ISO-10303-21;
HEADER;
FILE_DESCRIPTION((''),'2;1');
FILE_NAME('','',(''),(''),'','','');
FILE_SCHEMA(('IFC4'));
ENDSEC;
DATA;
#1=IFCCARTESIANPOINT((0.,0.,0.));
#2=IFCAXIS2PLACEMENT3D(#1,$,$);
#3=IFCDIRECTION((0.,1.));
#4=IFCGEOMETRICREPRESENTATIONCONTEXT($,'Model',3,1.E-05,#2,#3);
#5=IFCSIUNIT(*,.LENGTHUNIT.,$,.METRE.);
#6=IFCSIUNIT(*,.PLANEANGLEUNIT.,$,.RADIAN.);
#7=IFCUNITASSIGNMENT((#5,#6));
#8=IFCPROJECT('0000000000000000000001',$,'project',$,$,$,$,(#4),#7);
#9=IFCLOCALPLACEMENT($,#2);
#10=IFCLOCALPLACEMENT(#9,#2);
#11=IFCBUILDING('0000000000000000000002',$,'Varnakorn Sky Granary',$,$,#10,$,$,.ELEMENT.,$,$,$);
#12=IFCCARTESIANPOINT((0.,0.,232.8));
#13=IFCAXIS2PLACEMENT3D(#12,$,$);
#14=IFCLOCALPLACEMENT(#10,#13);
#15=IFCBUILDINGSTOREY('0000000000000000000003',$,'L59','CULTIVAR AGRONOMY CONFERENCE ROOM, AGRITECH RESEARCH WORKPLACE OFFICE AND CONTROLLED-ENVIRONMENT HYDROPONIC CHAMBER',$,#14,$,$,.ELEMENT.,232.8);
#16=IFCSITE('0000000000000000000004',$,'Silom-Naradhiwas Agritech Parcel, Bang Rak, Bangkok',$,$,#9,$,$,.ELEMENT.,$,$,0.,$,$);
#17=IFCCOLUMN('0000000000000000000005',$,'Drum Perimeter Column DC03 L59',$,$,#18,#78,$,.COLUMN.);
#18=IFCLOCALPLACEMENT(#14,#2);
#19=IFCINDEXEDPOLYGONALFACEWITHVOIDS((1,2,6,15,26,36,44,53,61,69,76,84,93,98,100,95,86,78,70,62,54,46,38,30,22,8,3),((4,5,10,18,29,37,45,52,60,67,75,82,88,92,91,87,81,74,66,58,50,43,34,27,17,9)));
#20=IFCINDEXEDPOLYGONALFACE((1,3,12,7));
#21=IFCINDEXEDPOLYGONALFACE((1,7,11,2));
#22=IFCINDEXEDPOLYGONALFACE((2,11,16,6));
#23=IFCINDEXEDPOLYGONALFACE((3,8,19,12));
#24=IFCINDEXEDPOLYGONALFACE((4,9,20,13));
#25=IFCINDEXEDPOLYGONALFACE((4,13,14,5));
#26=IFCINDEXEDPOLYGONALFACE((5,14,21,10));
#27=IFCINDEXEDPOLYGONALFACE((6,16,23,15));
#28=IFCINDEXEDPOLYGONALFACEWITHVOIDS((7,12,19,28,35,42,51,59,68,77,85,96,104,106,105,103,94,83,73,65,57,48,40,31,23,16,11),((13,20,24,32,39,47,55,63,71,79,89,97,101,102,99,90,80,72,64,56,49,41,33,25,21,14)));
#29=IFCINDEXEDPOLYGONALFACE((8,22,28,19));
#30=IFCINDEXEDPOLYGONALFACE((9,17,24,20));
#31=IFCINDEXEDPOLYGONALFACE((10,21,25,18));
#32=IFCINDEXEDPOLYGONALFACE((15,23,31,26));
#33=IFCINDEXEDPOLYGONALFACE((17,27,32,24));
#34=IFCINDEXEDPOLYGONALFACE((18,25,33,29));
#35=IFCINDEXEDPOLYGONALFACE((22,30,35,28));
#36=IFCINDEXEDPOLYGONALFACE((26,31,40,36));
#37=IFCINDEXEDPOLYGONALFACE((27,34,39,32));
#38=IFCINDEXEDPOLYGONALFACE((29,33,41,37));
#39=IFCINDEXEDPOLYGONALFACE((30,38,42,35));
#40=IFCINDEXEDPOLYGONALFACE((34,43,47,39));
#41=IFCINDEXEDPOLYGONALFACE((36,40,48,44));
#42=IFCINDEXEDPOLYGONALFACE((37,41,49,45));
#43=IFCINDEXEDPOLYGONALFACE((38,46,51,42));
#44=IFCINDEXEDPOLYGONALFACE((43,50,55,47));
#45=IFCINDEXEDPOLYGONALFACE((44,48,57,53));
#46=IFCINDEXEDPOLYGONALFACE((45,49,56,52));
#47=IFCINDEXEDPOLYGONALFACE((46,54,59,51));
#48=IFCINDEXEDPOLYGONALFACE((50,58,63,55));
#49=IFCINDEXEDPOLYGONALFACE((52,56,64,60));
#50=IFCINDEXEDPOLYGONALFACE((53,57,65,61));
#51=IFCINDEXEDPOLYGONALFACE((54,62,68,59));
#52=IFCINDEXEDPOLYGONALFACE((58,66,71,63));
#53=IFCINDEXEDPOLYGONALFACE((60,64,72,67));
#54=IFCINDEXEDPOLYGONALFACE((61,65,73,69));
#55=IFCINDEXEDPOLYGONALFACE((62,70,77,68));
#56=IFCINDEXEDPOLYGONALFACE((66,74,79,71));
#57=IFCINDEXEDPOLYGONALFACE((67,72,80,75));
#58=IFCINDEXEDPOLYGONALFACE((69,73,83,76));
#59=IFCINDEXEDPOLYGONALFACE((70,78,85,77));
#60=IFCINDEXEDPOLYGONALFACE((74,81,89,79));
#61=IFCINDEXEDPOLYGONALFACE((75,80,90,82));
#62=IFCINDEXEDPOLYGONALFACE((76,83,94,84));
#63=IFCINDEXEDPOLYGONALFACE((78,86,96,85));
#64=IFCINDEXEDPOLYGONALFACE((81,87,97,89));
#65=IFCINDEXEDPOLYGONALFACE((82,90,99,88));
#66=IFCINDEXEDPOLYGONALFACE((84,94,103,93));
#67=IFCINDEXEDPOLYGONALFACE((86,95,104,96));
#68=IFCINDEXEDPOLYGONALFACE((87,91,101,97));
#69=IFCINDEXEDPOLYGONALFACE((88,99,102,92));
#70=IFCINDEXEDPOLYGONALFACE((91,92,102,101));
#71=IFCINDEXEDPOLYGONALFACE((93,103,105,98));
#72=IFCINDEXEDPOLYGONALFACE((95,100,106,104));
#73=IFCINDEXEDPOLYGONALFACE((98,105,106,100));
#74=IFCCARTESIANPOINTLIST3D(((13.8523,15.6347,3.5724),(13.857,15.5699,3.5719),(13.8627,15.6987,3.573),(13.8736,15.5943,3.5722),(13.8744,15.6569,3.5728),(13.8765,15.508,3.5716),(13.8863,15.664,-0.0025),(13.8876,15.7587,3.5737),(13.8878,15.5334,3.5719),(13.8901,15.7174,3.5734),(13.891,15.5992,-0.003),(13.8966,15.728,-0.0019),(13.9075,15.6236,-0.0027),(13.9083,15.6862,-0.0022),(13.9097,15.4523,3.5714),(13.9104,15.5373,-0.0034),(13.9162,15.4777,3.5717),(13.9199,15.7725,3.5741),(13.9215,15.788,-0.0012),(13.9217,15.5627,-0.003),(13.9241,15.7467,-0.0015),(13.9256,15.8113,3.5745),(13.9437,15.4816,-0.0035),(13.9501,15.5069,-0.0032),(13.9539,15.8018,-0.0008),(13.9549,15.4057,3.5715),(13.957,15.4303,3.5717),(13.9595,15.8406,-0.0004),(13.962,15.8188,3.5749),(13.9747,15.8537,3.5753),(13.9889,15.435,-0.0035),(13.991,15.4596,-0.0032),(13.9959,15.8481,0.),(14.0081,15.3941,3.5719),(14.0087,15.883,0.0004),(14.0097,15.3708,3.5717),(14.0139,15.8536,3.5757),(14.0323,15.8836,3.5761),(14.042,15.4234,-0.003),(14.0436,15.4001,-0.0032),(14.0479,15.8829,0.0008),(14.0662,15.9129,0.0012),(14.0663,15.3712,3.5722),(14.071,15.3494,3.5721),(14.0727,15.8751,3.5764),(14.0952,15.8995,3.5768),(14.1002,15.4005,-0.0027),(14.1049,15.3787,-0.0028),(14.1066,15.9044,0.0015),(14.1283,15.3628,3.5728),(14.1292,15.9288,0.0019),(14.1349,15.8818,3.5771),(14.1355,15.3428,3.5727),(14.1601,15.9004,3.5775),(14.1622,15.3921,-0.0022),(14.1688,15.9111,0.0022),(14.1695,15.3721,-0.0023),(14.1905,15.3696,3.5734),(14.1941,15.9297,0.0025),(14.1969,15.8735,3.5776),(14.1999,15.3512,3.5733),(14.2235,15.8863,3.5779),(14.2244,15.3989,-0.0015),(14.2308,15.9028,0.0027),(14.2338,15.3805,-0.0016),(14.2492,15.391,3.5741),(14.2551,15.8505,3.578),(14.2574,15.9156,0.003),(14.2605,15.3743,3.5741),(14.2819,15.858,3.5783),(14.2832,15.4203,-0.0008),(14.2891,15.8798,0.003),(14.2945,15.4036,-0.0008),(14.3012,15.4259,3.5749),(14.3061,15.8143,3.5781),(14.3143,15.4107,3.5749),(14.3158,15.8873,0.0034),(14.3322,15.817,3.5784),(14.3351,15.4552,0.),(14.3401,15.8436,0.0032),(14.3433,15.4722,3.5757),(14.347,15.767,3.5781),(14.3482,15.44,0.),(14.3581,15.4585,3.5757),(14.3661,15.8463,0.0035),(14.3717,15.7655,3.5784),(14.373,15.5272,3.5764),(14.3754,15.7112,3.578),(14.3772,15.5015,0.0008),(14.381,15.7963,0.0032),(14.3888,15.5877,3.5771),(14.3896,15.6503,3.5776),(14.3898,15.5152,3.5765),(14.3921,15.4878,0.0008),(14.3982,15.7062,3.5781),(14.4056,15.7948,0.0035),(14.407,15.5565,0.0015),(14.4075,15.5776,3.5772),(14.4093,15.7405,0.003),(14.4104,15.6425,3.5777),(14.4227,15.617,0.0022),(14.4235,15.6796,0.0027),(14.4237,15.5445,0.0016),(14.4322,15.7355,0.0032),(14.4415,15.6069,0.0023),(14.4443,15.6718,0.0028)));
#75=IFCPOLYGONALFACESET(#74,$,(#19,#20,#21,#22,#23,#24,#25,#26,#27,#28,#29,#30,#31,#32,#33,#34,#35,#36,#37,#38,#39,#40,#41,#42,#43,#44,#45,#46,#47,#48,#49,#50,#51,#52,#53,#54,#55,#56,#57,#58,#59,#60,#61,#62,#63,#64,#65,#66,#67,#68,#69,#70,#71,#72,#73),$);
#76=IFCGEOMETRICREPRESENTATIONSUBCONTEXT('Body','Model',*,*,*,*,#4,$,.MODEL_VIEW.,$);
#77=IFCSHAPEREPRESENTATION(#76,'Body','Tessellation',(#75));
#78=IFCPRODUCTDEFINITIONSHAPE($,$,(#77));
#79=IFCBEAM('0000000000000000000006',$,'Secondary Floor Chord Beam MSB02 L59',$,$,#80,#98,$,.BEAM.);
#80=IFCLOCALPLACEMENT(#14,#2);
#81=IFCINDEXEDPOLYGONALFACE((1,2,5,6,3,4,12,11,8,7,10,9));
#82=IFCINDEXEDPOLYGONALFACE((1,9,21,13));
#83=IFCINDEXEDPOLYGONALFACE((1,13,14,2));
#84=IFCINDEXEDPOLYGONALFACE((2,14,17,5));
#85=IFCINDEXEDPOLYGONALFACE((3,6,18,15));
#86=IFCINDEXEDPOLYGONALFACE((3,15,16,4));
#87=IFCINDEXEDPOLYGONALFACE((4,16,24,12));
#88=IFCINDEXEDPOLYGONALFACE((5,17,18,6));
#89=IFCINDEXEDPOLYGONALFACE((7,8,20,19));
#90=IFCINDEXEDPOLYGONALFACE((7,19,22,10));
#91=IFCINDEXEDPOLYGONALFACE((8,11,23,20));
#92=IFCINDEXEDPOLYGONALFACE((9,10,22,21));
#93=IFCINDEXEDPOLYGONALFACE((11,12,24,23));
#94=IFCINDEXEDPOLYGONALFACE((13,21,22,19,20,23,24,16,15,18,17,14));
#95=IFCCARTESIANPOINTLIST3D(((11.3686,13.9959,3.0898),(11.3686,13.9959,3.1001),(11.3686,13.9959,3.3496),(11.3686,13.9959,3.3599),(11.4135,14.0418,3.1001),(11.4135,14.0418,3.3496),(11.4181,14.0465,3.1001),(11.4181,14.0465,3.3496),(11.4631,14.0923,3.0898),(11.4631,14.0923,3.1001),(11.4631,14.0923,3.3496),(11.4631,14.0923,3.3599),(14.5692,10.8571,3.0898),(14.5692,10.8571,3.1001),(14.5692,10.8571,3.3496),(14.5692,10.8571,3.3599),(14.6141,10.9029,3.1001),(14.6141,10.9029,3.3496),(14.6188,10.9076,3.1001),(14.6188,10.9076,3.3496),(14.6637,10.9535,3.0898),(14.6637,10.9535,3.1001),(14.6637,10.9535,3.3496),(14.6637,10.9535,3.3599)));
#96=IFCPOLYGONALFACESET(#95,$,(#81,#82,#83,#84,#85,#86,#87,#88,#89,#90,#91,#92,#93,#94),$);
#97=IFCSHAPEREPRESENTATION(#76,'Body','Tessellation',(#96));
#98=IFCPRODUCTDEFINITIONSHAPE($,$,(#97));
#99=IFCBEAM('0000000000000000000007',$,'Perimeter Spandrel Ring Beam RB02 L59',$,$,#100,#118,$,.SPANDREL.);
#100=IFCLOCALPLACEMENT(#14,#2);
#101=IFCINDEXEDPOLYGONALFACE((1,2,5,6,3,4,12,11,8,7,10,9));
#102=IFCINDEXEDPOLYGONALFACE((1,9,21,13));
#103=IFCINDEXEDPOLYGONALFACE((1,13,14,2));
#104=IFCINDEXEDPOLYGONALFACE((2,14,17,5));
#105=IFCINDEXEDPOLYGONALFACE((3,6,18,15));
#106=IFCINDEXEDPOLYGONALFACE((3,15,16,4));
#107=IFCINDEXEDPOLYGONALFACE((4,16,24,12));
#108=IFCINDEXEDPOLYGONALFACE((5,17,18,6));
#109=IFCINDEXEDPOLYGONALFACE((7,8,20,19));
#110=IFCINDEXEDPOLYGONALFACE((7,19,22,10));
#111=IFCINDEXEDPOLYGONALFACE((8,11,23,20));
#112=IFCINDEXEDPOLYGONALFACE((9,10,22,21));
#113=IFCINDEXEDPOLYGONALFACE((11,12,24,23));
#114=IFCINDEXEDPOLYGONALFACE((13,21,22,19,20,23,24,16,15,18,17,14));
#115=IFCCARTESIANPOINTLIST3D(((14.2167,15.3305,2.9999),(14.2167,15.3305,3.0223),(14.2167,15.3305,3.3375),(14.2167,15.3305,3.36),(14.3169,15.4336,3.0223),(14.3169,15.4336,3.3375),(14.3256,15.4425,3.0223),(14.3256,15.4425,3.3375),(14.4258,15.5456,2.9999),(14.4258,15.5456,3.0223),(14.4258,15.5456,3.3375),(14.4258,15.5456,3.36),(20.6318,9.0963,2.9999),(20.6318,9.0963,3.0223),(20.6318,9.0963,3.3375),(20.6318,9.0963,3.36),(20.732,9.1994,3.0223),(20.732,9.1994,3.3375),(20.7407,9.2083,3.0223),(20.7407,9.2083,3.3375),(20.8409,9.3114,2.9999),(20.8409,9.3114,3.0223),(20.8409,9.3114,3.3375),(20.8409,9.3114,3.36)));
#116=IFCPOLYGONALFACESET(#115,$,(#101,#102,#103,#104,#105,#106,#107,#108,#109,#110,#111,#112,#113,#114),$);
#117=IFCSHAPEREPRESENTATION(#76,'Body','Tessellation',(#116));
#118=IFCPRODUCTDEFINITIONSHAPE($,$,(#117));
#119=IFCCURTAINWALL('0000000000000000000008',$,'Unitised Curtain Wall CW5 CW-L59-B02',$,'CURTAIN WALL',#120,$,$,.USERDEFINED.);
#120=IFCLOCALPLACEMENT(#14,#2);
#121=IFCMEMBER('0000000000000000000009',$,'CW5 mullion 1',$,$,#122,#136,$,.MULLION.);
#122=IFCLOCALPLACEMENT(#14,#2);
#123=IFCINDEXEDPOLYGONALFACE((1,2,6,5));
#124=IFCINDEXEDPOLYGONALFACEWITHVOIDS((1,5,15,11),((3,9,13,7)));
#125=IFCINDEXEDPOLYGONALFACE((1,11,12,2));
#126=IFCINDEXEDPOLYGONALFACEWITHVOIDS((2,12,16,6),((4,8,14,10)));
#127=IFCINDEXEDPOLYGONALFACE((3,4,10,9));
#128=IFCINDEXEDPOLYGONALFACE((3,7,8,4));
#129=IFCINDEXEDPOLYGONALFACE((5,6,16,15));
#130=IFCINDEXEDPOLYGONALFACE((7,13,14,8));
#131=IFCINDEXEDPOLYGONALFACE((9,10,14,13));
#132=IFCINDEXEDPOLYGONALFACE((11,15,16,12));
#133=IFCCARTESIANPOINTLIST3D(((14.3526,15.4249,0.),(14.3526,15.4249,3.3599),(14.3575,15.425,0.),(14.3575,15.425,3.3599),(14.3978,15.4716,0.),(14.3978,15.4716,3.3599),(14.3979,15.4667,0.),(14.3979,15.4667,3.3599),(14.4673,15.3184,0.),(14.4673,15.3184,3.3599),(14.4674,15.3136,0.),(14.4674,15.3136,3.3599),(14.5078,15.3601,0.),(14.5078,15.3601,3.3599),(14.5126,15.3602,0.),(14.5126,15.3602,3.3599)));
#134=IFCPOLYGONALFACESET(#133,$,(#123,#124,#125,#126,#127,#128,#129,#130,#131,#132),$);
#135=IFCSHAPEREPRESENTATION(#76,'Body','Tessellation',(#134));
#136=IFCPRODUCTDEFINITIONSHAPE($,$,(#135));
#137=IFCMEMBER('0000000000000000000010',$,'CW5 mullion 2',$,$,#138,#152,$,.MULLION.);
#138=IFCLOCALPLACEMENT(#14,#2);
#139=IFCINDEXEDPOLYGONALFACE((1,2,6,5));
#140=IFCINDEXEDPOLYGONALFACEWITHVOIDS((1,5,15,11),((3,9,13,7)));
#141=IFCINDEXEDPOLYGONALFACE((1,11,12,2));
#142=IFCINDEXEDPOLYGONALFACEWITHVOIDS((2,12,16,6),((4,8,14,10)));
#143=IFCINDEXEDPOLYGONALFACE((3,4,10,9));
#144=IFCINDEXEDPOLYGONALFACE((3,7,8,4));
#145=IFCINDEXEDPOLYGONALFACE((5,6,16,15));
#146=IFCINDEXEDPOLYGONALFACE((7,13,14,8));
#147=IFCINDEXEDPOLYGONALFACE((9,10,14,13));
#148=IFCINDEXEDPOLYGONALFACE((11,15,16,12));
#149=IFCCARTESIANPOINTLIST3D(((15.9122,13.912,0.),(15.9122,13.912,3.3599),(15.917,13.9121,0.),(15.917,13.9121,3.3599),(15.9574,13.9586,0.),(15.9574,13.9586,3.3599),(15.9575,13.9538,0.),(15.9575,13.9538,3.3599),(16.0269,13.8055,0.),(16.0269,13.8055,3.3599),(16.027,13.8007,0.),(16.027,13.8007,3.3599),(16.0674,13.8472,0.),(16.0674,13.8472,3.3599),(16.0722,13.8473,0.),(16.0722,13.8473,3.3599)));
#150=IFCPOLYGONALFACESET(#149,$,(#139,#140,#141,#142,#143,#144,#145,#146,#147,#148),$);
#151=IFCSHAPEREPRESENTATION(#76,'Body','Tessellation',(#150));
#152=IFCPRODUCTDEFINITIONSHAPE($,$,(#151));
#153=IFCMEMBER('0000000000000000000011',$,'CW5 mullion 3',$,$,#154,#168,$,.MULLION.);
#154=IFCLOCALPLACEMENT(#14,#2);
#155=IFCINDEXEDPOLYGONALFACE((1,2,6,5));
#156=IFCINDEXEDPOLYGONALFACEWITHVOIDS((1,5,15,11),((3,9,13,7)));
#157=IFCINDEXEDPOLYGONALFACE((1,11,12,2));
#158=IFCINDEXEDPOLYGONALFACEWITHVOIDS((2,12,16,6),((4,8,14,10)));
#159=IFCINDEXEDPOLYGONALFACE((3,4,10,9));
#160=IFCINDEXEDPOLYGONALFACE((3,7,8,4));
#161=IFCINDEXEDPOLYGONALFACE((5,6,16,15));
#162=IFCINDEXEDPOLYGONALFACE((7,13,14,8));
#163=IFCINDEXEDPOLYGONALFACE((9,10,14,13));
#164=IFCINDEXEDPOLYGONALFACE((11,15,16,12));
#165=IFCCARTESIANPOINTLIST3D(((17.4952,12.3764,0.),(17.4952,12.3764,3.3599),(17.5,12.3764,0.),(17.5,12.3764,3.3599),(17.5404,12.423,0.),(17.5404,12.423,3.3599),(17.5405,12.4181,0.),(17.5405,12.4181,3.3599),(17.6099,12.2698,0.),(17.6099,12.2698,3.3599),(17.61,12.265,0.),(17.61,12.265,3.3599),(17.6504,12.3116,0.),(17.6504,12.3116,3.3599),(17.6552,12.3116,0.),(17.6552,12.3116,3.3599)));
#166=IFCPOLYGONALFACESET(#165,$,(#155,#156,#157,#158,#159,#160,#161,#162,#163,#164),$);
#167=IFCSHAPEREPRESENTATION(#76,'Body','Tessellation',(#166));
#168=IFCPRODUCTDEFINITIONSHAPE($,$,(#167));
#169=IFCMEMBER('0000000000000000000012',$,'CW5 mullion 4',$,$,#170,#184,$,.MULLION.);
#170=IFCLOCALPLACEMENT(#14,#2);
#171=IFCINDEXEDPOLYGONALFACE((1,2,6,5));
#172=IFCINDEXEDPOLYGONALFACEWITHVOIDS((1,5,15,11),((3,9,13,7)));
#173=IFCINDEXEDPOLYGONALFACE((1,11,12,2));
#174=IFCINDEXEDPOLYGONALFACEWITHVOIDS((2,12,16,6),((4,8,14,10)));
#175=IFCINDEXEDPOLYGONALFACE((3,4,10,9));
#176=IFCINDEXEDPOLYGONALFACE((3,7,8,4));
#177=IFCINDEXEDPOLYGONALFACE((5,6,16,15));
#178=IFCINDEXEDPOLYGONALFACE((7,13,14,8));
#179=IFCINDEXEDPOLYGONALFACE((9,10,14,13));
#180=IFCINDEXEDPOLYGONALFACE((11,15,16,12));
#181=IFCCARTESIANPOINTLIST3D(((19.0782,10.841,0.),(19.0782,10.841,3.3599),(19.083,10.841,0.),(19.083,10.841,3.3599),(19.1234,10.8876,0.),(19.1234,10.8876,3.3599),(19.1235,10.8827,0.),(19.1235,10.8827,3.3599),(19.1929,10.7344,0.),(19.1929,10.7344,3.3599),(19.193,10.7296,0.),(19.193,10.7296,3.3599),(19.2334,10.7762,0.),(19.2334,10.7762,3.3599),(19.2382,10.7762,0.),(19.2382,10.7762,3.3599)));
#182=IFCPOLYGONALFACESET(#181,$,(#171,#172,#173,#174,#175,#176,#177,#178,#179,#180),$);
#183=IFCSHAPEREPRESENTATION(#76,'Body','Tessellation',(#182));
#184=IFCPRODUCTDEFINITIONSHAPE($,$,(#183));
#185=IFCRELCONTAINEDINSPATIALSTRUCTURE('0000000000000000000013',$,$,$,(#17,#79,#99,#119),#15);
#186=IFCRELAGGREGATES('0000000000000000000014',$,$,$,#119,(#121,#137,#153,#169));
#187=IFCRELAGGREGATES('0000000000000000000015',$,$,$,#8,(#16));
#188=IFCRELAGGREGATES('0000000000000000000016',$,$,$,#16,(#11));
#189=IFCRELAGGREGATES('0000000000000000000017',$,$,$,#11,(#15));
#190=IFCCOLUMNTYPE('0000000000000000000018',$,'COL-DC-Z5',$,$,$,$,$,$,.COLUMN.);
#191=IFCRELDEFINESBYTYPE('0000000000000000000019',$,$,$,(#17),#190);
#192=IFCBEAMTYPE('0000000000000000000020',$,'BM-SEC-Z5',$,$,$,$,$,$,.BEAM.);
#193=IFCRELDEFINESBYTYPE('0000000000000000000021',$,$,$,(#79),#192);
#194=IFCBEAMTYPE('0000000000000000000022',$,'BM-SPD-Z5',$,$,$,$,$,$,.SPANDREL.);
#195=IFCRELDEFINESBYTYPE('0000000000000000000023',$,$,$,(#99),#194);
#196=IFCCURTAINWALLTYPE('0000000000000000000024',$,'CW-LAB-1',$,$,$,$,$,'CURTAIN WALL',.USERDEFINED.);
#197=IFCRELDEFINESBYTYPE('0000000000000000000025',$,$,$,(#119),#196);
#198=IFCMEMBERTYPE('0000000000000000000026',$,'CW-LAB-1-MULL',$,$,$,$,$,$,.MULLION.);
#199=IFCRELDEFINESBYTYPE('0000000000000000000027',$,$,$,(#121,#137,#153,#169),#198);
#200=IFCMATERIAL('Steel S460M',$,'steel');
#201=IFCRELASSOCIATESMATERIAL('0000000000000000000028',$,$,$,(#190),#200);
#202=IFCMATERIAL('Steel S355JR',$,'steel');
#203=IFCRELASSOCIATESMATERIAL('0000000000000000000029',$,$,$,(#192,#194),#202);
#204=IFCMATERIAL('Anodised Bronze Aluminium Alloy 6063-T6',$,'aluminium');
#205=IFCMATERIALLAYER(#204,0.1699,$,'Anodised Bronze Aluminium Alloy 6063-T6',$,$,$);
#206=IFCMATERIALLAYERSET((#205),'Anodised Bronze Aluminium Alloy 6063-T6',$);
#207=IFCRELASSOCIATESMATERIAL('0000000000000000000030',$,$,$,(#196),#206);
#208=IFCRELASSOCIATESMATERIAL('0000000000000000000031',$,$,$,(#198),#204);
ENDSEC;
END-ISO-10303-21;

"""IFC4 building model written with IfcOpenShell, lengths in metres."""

from ifc_helpers import new_model, si_unit, direction, frame, origin, origin_2d, place, context, subcontext, project, spatial, hollow_rectangle, hollow_circle, i_section, extrude, material, layer, layer_set, material_profile, profile_set, type_object, element, aggregate, save


model = new_model("IFC4")

# Units and contexts
model_context = context("Model", 3, precision=1e-05, world=origin(), true_north=direction((0.0, 1.0)))
body_context = subcontext(model_context, "Body", "Model", "MODEL_VIEW")
ifc_project = project(units=[si_unit("LENGTHUNIT", "METRE"), si_unit("PLANEANGLEUNIT", "RADIAN")], contexts=[model_context])

# Site, building, storey
site_placement = place(None, origin())
site = spatial("IfcSite", under=ifc_project, at=site_placement, Name="Silom-Naradhiwas Agritech Parcel, Bang Rak, Bangkok", CompositionType="ELEMENT", RefElevation=0.0)
building_placement = place(site_placement, origin())
building = spatial("IfcBuilding", under=site, at=building_placement, Name="Varnakorn Sky Granary", CompositionType="ELEMENT")
storey_placement = place(building_placement, frame((0.0, 0.0, 232.8)))
storey = spatial("IfcBuildingStorey", under=building, at=storey_placement, Name="L59", Description="CULTIVAR AGRONOMY CONFERENCE ROOM, AGRITECH RESEARCH WORKPLACE OFFICE AND CONTROLLED-ENVIRONMENT HYDROPONIC CHAMBER", CompositionType="ELEMENT", Elevation=232.8)

# Column
ifc_material_1 = material(Name="Steel S460M", Category="steel")
ifc_material_profile_1 = material_profile(ifc_material_1, hollow_circle(Radius=0.2795, WallThickness=0.02, at=origin_2d()), Name="CHS 559x20")
ifc_profile_set_1 = profile_set([ifc_material_profile_1], Name="Steel S460M")
column_type = type_object("IfcColumnType", Name="COL-DC-Z5", PredefinedType="COLUMN", material=ifc_profile_set_1)
column_placement = place(storey_placement, frame((14.1655, 15.6516, 0.0), z_axis=(-0.009492, -0.008194, 0.999921), x_axis=(0.653478, -0.756945, 0.0)))
element("IfcColumn", 1, at=column_placement, inside=storey, type_object=column_type, Name="Drum Perimeter Column DC03 L59", PredefinedType="COLUMN", context=body_context, shape_type="SweptSolid", body=[
    extrude(hollow_circle(Radius=0.2795, WallThickness=0.02, at=origin_2d()), origin(), (0.0, 0.0, 1.0), 3.5752),
])

# Beams
ifc_material_2 = material(Name="Steel S355JR", Category="steel")
ifc_material_profile_2 = material_profile(ifc_material_2, i_section(OverallWidth=0.135, OverallDepth=0.27, WebThickness=0.0066, FlangeThickness=0.0103, at=origin_2d()), Name="IPE 270")
ifc_profile_set_2 = profile_set([ifc_material_profile_2], Name="Steel S355JR")
beam_type_1 = type_object("IfcBeamType", Name="BM-SEC-Z5", PredefinedType="BEAM", material=ifc_profile_set_2)
beam_1_placement = place(storey_placement, frame((14.6165, 10.9053, 3.2249), z_axis=(-0.713962, 0.700184, 0.0), x_axis=(-0.700184, -0.713962, 0.0)))
element("IfcBeam", 2, at=beam_1_placement, inside=storey, type_object=beam_type_1, Name="Secondary Floor Chord Beam MSB02 L59", PredefinedType="BEAM", context=body_context, shape_type="SweptSolid", body=[
    extrude(i_section(OverallWidth=0.135, OverallDepth=0.27, WebThickness=0.0066, FlangeThickness=0.0103, at=origin_2d()), origin(), (0.0, 0.0, 1.0), 4.4829),
])
ifc_material_profile_3 = material_profile(ifc_material_2, i_section(OverallWidth=0.3, OverallDepth=0.3601, WebThickness=0.0125, FlangeThickness=0.0225, at=origin_2d()), Name="HE 360 B")
ifc_profile_set_3 = profile_set([ifc_material_profile_3], Name="Steel S355JR")
beam_type_2 = type_object("IfcBeamType", Name="BM-SPD-Z5", PredefinedType="SPANDREL", material=ifc_profile_set_3)
beam_2_placement = place(storey_placement, frame((20.7363, 9.2039, 3.1799), z_axis=(-0.717146, 0.696922, 0.0), x_axis=(-0.696922, -0.717146, 0.0)))
element("IfcBeam", 3, at=beam_2_placement, inside=storey, type_object=beam_type_2, Name="Perimeter Spandrel Ring Beam RB02 L59", PredefinedType="SPANDREL", context=body_context, shape_type="SweptSolid", body=[
    extrude(i_section(OverallWidth=0.3, OverallDepth=0.3601, WebThickness=0.0125, FlangeThickness=0.0225, at=origin_2d()), origin(), (0.0, 0.0, 1.0), 8.9453),
])

# Curtain wall, members
ifc_material_3 = material(Name="Anodised Bronze Aluminium Alloy 6063-T6", Category="aluminium")
ifc_layer_1 = layer(ifc_material_3, 0.1699, Name="Anodised Bronze Aluminium Alloy 6063-T6")
ifc_layer_set_1 = layer_set([ifc_layer_1], Name="Anodised Bronze Aluminium Alloy 6063-T6")
curtain_wall_type = type_object("IfcCurtainWallType", Name="CW-LAB-1", ElementType="CURTAIN WALL", PredefinedType="USERDEFINED", material=ifc_layer_set_1)
curtain_wall_placement = place(storey_placement, origin())
curtain_wall = element("IfcCurtainWall", 4, at=curtain_wall_placement, inside=storey, type_object=curtain_wall_type, Name="Unitised Curtain Wall CW5 CW-L59-B02", ObjectType="CURTAIN WALL", PredefinedType="USERDEFINED")
ifc_material_profile_4 = material_profile(ifc_material_3, hollow_rectangle(XDim=0.0649, YDim=0.1599, WallThickness=0.0034, at=origin_2d()), Name="ALU MULL 65x160")
ifc_profile_set_4 = profile_set([ifc_material_profile_4], Name="Anodised Bronze Aluminium Alloy 6063-T6")
member_type_1 = type_object("IfcMemberType", Name="CW-LAB-1-MULL", PredefinedType="MULLION", material=ifc_profile_set_4)
member_1_placement = place(storey_placement, frame((14.4326, 15.3926, 0.0), z_axis=(0.0, 0.0, 1.0), x_axis=(0.696279, 0.717771, 0.0)))
member_1 = element("IfcMember", 5, at=member_1_placement, type_object=member_type_1, Name="CW5 mullion 1", PredefinedType="MULLION", context=body_context, shape_type="SweptSolid", body=[
    extrude(hollow_rectangle(XDim=0.0649, YDim=0.1599, WallThickness=0.0034, at=origin_2d()), origin(), (0.0, 0.0, 1.0), 3.3599),
])
member_2_placement = place(storey_placement, frame((15.9922, 13.8796, 0.0), z_axis=(0.0, 0.0, 1.0), x_axis=(0.696279, 0.717771, 0.0)))
member_2 = element("IfcMember", 6, at=member_2_placement, type_object=member_type_1, Name="CW5 mullion 2", PredefinedType="MULLION", context=body_context, shape_type="SweptSolid", body=[
    extrude(hollow_rectangle(XDim=0.0649, YDim=0.1599, WallThickness=0.0034, at=origin_2d()), origin(), (0.0, 0.0, 1.0), 3.3599),
])
member_3_placement = place(storey_placement, frame((17.5752, 12.344, 0.0), z_axis=(0.0, 0.0, 1.0), x_axis=(0.696279, 0.717771, 0.0)))
member_3 = element("IfcMember", 7, at=member_3_placement, type_object=member_type_1, Name="CW5 mullion 3", PredefinedType="MULLION", context=body_context, shape_type="SweptSolid", body=[
    extrude(hollow_rectangle(XDim=0.0649, YDim=0.1599, WallThickness=0.0034, at=origin_2d()), origin(), (0.0, 0.0, 1.0), 3.3599),
])
member_4_placement = place(storey_placement, frame((19.1582, 10.8086, 0.0), z_axis=(0.0, 0.0, 1.0), x_axis=(0.696279, 0.717771, 0.0)))
member_4 = element("IfcMember", 8, at=member_4_placement, type_object=member_type_1, Name="CW5 mullion 4", PredefinedType="MULLION", context=body_context, shape_type="SweptSolid", body=[
    extrude(hollow_rectangle(XDim=0.0649, YDim=0.1599, WallThickness=0.0034, at=origin_2d()), origin(), (0.0, 0.0, 1.0), 3.3599),
])

aggregate(curtain_wall, [member_1, member_2, member_3, member_4])

save(model, "model.ifc")
